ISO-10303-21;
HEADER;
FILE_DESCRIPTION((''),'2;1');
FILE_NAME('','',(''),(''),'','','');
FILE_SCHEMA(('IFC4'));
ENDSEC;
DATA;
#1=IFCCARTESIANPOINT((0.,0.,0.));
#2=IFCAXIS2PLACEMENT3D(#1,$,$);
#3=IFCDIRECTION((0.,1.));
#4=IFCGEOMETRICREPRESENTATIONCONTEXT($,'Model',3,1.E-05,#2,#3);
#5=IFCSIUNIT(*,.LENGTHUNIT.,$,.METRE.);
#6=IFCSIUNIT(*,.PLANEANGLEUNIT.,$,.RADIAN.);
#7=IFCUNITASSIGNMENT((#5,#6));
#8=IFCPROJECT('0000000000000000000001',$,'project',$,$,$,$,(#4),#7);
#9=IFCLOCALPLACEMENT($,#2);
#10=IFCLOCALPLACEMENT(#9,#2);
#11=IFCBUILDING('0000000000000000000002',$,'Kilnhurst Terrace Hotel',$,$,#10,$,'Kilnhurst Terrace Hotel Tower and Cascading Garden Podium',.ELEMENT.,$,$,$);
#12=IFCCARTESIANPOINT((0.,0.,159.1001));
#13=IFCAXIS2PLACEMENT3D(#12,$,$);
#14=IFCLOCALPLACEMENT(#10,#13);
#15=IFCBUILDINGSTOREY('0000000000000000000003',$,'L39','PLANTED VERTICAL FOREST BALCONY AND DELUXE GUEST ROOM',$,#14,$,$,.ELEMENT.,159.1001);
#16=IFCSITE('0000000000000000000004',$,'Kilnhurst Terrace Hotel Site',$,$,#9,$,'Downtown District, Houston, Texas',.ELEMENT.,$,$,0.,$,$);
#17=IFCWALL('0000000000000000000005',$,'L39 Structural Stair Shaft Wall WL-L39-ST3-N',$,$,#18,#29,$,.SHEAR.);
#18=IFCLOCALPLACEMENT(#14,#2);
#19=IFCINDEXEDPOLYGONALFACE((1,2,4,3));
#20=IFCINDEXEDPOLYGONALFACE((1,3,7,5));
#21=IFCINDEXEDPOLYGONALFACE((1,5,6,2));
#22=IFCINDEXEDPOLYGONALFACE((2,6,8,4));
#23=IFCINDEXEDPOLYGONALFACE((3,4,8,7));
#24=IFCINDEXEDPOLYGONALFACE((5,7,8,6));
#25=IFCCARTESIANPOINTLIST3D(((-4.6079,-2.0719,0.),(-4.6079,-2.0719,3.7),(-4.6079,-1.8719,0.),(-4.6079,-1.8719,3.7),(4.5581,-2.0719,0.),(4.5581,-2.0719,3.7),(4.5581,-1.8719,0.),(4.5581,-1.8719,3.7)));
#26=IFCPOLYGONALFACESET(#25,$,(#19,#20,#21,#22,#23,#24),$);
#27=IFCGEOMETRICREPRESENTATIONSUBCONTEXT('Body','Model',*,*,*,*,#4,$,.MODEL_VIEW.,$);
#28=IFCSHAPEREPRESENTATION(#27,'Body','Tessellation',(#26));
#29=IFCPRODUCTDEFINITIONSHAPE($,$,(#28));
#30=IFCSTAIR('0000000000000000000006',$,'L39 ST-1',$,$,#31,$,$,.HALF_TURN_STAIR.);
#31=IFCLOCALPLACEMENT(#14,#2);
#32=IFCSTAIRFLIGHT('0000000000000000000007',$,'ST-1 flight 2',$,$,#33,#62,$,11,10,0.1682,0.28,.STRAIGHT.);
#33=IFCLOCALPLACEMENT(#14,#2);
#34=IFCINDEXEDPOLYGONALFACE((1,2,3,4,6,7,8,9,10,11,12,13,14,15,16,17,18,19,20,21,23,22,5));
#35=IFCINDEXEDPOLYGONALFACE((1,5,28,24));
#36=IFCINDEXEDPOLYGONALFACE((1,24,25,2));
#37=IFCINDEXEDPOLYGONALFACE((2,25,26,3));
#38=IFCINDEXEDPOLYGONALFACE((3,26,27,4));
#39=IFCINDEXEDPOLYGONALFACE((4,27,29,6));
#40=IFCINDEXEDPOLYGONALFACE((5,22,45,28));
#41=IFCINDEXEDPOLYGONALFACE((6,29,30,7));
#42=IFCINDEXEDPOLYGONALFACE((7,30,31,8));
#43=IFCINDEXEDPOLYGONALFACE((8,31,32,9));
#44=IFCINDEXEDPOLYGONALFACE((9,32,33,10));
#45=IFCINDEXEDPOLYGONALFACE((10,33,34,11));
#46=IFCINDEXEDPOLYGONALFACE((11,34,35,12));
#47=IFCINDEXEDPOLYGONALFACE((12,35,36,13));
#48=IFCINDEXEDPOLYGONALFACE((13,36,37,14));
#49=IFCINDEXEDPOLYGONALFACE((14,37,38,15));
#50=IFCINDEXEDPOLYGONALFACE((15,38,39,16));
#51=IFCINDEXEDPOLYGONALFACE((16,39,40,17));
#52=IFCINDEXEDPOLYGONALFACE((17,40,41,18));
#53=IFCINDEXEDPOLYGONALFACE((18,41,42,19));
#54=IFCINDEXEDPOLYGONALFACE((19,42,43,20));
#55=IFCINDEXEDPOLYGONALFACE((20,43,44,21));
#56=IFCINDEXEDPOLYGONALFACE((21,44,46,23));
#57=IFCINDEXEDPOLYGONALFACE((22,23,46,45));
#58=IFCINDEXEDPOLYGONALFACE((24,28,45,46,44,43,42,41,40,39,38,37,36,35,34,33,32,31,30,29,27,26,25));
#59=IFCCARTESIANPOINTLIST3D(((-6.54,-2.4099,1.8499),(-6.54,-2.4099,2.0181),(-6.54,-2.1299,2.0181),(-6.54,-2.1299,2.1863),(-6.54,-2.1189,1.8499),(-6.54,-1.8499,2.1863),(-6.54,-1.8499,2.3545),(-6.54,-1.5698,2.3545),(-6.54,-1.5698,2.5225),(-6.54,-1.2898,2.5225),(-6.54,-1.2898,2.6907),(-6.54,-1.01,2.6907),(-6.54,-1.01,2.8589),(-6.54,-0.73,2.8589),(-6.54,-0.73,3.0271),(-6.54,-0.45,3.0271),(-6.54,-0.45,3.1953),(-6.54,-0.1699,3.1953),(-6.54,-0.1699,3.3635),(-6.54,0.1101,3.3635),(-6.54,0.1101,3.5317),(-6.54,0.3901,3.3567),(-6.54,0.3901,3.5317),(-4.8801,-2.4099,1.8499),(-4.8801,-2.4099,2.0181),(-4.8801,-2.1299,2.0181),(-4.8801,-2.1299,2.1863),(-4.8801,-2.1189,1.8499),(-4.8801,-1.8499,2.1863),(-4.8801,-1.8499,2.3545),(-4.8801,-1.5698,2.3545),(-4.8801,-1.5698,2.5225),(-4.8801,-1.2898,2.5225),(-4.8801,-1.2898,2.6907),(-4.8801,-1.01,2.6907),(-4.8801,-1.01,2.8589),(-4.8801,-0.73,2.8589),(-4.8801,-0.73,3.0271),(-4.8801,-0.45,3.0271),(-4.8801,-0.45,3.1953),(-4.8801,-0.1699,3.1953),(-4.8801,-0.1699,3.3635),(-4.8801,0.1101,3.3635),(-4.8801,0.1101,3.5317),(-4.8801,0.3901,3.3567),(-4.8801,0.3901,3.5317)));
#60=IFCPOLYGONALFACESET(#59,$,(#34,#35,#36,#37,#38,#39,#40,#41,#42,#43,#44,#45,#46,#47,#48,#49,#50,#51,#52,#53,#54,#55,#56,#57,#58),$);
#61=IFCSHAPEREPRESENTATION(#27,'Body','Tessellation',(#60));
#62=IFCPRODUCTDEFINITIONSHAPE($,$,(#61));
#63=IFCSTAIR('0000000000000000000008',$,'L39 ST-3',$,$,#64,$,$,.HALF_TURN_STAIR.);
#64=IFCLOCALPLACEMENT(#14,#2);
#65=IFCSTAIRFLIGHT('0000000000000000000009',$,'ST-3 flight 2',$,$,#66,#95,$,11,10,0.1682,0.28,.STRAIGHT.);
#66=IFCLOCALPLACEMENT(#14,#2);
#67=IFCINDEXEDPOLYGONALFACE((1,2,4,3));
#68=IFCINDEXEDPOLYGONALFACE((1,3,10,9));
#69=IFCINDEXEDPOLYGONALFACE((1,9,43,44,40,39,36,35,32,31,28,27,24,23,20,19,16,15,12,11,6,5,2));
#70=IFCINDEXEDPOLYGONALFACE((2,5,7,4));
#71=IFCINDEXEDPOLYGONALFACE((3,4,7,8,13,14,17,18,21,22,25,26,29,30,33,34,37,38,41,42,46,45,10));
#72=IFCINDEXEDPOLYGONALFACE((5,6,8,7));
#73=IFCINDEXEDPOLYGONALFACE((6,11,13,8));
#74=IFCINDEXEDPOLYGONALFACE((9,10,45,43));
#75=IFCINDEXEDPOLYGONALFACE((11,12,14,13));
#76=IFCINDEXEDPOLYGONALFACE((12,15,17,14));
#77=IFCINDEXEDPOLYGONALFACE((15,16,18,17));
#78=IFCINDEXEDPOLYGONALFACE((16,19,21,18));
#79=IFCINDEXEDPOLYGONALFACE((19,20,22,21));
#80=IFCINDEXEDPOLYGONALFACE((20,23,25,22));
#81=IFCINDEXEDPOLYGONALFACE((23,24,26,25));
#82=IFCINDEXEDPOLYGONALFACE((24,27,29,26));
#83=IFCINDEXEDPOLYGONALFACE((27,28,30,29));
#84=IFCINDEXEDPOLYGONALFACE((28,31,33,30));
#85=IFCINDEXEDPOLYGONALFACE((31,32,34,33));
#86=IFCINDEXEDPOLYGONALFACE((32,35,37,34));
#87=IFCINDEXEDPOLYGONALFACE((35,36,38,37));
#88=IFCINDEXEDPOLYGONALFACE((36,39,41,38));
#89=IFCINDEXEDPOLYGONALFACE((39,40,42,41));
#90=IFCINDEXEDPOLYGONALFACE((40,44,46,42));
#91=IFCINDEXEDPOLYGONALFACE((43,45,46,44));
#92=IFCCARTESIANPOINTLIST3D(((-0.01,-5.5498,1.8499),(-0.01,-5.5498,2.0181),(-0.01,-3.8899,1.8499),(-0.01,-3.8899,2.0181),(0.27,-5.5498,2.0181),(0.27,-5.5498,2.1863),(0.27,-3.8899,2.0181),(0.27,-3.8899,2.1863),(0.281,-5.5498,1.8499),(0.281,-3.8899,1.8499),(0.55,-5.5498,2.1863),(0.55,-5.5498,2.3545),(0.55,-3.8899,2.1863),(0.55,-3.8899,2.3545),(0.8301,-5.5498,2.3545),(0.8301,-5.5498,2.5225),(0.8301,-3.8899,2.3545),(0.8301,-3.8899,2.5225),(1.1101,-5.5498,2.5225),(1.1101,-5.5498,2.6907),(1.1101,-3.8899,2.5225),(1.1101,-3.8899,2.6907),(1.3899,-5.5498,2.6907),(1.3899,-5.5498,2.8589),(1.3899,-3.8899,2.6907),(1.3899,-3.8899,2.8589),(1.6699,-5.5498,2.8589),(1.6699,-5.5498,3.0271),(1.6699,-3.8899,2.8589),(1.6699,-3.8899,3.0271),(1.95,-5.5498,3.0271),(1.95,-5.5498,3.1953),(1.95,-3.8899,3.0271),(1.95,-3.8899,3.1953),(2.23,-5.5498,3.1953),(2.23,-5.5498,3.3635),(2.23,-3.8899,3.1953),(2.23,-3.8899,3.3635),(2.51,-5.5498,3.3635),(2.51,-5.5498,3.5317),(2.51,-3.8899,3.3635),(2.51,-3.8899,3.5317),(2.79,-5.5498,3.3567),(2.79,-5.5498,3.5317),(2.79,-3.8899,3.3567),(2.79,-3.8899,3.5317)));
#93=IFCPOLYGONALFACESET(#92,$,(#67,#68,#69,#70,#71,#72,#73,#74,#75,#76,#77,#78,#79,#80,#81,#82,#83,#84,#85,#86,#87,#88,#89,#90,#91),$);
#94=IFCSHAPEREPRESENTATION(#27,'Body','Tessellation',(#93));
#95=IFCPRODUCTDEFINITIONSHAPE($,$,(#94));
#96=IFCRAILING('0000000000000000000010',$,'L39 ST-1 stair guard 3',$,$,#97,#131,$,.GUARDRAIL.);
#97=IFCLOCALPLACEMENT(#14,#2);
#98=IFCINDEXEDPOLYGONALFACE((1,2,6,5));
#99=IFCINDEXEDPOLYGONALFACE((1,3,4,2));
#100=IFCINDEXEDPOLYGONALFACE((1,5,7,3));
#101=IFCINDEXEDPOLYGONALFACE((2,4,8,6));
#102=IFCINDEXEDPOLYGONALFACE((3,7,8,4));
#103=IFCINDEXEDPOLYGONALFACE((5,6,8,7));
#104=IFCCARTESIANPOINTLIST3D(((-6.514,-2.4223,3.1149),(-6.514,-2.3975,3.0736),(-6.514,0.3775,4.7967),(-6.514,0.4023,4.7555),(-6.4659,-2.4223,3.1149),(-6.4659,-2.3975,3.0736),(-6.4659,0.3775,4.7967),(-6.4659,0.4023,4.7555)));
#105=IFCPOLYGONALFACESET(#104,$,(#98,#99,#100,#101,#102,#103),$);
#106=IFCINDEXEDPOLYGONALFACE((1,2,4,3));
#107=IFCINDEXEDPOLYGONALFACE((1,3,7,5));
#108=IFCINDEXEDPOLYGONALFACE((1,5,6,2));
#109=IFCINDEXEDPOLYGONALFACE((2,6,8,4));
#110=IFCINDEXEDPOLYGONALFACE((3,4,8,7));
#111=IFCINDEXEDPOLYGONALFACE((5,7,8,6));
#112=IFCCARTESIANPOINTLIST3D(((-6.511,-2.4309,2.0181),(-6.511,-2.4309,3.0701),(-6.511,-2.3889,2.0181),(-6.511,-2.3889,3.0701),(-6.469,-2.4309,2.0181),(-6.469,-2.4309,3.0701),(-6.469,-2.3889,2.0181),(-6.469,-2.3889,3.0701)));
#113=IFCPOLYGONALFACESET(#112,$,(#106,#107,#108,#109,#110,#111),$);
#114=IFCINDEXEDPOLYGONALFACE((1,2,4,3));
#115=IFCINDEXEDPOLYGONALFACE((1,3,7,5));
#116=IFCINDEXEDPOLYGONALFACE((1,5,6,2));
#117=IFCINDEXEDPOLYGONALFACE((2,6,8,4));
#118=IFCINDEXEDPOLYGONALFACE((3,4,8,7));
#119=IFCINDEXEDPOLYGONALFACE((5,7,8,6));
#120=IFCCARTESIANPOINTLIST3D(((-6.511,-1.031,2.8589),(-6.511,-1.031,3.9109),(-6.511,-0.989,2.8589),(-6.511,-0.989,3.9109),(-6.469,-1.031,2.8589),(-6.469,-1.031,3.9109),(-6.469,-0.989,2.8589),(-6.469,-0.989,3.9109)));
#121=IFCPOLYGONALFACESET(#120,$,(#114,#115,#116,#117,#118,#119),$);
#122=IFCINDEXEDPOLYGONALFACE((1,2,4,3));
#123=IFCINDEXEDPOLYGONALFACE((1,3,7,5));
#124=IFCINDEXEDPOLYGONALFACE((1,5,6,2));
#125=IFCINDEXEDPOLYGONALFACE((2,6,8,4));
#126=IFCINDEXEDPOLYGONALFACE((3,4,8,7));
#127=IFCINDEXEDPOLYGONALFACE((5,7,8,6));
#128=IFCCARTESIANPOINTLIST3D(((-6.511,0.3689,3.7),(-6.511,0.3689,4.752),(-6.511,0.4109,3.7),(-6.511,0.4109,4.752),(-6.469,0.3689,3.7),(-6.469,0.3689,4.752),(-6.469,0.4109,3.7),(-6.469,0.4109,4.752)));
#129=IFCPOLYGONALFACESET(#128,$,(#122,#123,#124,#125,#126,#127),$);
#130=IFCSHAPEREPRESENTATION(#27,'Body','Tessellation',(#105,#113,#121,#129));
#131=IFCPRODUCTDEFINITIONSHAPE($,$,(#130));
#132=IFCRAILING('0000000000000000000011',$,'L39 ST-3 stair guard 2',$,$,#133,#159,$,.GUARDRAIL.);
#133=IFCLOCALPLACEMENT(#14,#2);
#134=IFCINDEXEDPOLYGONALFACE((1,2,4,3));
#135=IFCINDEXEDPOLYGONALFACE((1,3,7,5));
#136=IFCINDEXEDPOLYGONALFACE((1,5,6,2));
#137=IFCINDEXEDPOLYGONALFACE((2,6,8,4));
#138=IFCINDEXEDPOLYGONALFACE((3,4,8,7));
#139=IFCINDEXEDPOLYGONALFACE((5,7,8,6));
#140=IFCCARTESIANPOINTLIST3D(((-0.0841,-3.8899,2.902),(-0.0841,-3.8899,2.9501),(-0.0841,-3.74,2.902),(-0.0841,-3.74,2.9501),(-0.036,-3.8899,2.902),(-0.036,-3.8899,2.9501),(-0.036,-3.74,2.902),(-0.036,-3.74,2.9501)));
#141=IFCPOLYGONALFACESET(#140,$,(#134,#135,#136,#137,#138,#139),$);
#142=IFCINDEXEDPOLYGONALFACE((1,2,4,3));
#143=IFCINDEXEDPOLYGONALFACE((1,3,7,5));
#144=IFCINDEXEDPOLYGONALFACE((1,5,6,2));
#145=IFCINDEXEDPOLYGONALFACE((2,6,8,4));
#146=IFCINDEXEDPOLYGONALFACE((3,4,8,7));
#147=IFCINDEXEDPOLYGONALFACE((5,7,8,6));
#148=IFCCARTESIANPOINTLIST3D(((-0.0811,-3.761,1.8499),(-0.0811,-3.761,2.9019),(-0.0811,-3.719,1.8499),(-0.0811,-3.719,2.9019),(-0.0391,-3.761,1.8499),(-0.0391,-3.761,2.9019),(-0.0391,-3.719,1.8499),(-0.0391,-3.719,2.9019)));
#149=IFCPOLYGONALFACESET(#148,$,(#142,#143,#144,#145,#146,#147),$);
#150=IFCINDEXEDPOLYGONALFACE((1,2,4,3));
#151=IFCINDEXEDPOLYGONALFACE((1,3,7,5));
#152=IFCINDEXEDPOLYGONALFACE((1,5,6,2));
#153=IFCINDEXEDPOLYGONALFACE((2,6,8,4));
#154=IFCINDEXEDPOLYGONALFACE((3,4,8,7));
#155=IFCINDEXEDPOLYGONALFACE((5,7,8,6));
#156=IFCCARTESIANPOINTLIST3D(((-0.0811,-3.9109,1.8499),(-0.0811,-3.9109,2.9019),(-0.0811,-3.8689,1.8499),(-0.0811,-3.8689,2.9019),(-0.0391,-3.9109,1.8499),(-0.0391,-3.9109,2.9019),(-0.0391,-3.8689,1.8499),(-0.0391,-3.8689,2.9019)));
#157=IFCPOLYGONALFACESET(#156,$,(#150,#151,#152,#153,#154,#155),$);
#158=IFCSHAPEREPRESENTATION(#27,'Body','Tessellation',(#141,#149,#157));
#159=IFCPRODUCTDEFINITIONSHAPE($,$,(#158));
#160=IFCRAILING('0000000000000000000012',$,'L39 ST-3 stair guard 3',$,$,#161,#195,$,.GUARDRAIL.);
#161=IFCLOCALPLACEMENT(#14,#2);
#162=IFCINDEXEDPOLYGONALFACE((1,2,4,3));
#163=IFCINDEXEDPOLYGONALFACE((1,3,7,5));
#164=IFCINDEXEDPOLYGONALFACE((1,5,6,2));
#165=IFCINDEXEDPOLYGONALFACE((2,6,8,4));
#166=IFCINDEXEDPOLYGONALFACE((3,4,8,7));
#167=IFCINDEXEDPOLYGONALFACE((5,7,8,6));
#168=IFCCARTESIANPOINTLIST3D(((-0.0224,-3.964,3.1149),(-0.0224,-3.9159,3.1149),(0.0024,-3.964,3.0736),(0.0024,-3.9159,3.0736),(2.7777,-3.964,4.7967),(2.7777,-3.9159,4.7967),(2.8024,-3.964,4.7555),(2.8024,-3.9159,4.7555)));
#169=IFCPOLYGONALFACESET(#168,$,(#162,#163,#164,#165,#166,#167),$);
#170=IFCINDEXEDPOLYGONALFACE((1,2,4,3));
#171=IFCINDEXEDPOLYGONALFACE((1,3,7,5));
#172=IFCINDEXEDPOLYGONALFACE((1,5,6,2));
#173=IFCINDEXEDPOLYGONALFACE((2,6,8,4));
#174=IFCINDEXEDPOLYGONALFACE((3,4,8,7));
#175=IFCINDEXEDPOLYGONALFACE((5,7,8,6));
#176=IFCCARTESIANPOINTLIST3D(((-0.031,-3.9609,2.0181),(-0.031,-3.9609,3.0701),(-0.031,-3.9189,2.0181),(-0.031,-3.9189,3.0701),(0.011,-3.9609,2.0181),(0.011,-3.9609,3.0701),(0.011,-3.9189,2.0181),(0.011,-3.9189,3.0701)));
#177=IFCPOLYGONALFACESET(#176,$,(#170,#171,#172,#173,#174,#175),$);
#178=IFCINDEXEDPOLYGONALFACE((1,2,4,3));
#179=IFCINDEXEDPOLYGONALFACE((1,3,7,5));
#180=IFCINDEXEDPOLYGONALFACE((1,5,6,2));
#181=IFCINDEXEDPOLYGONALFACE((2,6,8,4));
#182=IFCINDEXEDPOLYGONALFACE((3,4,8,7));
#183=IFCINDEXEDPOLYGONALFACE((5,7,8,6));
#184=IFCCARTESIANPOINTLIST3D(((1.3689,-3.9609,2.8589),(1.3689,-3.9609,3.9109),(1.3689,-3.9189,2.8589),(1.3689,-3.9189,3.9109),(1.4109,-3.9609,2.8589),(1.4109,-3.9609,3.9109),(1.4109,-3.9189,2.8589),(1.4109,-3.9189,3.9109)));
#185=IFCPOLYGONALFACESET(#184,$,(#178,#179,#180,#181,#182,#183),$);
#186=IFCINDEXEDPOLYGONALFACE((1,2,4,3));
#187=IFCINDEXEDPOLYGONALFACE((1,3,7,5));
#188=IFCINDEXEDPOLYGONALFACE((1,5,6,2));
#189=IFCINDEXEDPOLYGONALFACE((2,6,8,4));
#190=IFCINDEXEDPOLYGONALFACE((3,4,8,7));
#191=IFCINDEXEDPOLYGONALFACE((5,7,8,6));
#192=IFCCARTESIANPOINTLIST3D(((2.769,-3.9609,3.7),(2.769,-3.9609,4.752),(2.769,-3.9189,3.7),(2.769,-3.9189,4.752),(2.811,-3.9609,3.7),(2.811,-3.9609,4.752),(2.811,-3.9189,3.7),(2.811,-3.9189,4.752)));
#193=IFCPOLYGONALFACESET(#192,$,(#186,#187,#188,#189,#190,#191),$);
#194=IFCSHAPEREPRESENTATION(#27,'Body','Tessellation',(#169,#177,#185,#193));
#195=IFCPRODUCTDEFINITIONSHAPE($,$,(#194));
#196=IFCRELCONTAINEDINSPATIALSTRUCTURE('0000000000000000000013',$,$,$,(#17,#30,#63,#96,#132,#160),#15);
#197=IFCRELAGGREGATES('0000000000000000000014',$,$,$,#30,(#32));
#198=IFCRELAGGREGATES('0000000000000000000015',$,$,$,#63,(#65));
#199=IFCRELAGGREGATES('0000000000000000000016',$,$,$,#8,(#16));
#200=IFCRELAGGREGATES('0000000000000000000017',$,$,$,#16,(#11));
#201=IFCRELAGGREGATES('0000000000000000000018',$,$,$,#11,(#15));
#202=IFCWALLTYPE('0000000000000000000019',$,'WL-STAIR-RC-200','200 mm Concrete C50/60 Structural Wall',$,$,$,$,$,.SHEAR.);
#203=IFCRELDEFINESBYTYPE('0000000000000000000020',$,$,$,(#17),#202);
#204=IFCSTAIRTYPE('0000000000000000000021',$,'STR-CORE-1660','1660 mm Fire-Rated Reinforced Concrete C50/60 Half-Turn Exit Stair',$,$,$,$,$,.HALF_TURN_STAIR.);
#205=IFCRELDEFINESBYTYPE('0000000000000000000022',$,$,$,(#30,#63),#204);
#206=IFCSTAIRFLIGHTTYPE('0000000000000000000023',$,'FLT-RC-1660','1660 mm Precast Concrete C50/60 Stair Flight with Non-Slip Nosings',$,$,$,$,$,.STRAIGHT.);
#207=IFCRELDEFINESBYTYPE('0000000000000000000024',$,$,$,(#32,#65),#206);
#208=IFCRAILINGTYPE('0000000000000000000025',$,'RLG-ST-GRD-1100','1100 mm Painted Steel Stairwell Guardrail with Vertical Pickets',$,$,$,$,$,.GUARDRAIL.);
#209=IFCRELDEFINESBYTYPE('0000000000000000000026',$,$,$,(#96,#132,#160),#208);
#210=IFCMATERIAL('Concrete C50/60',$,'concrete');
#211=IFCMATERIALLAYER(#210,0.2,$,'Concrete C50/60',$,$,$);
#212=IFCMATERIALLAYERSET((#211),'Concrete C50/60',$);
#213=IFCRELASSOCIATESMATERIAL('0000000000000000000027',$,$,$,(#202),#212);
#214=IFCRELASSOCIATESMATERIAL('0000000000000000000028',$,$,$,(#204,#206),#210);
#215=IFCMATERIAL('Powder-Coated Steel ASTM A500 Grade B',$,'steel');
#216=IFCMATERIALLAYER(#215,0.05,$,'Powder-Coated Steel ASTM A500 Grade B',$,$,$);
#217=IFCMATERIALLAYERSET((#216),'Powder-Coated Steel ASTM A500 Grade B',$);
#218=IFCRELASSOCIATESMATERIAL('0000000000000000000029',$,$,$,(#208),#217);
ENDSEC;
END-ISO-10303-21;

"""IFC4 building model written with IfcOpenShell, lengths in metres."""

from ifc_helpers import new_model, si_unit, direction, frame, frame_2d, origin, origin_2d, place, context, subcontext, project, spatial, polyline, rectangle, outline, extrude, material, layer, layer_set, type_object, element, aggregate, save


model = new_model("IFC4")

# Units and contexts
model_context = context("Model", 3, precision=1e-05, world=origin(), true_north=direction((0.0, 1.0)))
body_context = subcontext(model_context, "Body", "Model", "MODEL_VIEW")
ifc_project = project(units=[si_unit("LENGTHUNIT", "METRE"), si_unit("PLANEANGLEUNIT", "RADIAN")], contexts=[model_context])

# Site, building, storey
site_placement = place(None, origin())
site = spatial("IfcSite", under=ifc_project, at=site_placement, Name="Kilnhurst Terrace Hotel Site", LongName="Downtown District, Houston, Texas", CompositionType="ELEMENT", RefElevation=0.0)
building_placement = place(site_placement, origin())
building = spatial("IfcBuilding", under=site, at=building_placement, Name="Kilnhurst Terrace Hotel", LongName="Kilnhurst Terrace Hotel Tower and Cascading Garden Podium", CompositionType="ELEMENT")
storey_placement = place(building_placement, frame((0.0, 0.0, 159.1001)))
storey = spatial("IfcBuildingStorey", under=building, at=storey_placement, Name="L39", Description="PLANTED VERTICAL FOREST BALCONY AND DELUXE GUEST ROOM", CompositionType="ELEMENT", Elevation=159.1001)

# Shared definitions
ifc_material_1 = material(Name="Concrete C50/60", Category="concrete")

# Shared definitions
ifc_layer_1 = layer(ifc_material_1, 0.2, Name="Concrete C50/60")
ifc_layer_set_1 = layer_set([ifc_layer_1], Name="Concrete C50/60")
wall_type_1 = type_object("IfcWallType", Name="WL-STAIR-RC-200", Description="200 mm Concrete C50/60 Structural Wall", PredefinedType="SHEAR", material=ifc_layer_set_1)

# Wall
wall_1_placement = place(storey_placement, frame((-4.6079, -1.9719, 0.0), z_axis=(0.0, 0.0, 1.0), x_axis=(1.0, 0.0, 0.0)))
element("IfcWall", 1, at=wall_1_placement, inside=storey, type_object=wall_type_1, Name="L39 Structural Stair Shaft Wall WL-L39-ST3-N", PredefinedType="SHEAR", context=body_context, shape_type="SweptSolid", body=[
    extrude(rectangle(XDim=9.166, YDim=0.2, at=frame_2d((4.583, 0.0))), origin(), (0.0, 0.0, 1.0), 3.7),
])

# Stairs, stair flights
stair_type = type_object("IfcStairType", Name="STR-CORE-1660", Description="1660 mm Fire-Rated Reinforced Concrete C50/60 Half-Turn Exit Stair", PredefinedType="HALF_TURN_STAIR", material=ifc_material_1)
stair_1_placement = place(storey_placement, origin())
stair_1 = element("IfcStair", 2, at=stair_1_placement, inside=storey, type_object=stair_type, Name="L39 ST-1", PredefinedType="HALF_TURN_STAIR")
stair_flight_type = type_object("IfcStairFlightType", Name="FLT-RC-1660", Description="1660 mm Precast Concrete C50/60 Stair Flight with Non-Slip Nosings", PredefinedType="STRAIGHT", material=ifc_material_1)
stair_flight_1_placement = place(storey_placement, frame((-5.71, -2.4099, 1.8499), z_axis=(0.0, 0.0, 1.0), x_axis=(0.0, 1.0, 0.0)))
stair_flight_1 = element("IfcStairFlight", 3, at=stair_flight_1_placement, type_object=stair_flight_type, Name="ST-1 flight 2", NumberOfRisers=11, NumberOfTreads=10, PredefinedType="STRAIGHT", RiserHeight=0.1682, TreadLength=0.28, context=body_context, shape_type="SweptSolid", body=[
    extrude(outline(polyline([(0.0, 0.0), (0.0, 0.1682), (0.28, 0.1682), (0.28, 0.3364), (0.5601, 0.3364), (0.5601, 0.5046), (0.8401, 0.5046), (0.8401, 0.6726), (1.1201, 0.6726), (1.1201, 0.8408), (1.3999, 0.8408), (1.3999, 1.009), (1.6799, 1.009), (1.6799, 1.1772), (1.96, 1.1772), (1.96, 1.3455), (2.24, 1.3455), (2.24, 1.5137), (2.52, 1.5137), (2.52, 1.6819), (2.8, 1.6819), (2.8, 1.8501), (2.8, 1.5068), (0.291, 0.0), (0.0, 0.0)])), frame((0.0, 0.8301, 0.0), z_axis=(0.0, -1.0, 0.0), x_axis=(1.0, 0.0, 0.0)), (0.0, 0.0, 1.0), 1.6599),
])
aggregate(stair_1, [stair_flight_1])
stair_2_placement = place(storey_placement, origin())
stair_2 = element("IfcStair", 4, at=stair_2_placement, inside=storey, type_object=stair_type, Name="L39 ST-3", PredefinedType="HALF_TURN_STAIR")
stair_flight_2_placement = place(storey_placement, frame((-0.01, -4.72, 1.8499), z_axis=(0.0, 0.0, 1.0), x_axis=(1.0, 0.0, 0.0)))
stair_flight_2 = element("IfcStairFlight", 5, at=stair_flight_2_placement, type_object=stair_flight_type, Name="ST-3 flight 2", NumberOfRisers=11, NumberOfTreads=10, PredefinedType="STRAIGHT", RiserHeight=0.1682, TreadLength=0.28, context=body_context, shape_type="SweptSolid", body=[
    extrude(outline(polyline([(0.0, 0.0), (0.0, 0.1682), (0.28, 0.1682), (0.28, 0.3364), (0.5601, 0.3364), (0.5601, 0.5046), (0.8401, 0.5046), (0.8401, 0.6726), (1.1201, 0.6726), (1.1201, 0.8408), (1.3999, 0.8408), (1.3999, 1.009), (1.6799, 1.009), (1.6799, 1.1772), (1.96, 1.1772), (1.96, 1.3455), (2.24, 1.3455), (2.24, 1.5137), (2.52, 1.5137), (2.52, 1.6819), (2.8, 1.6819), (2.8, 1.8501), (2.8, 1.5068), (0.291, 0.0), (0.0, 0.0)])), frame((0.0, 0.8301, 0.0), z_axis=(0.0, -1.0, 0.0), x_axis=(1.0, 0.0, 0.0)), (0.0, 0.0, 1.0), 1.6599),
])
aggregate(stair_2, [stair_flight_2])

# Railings
ifc_material_2 = material(Name="Powder-Coated Steel ASTM A500 Grade B", Category="steel")
ifc_layer_2 = layer(ifc_material_2, 0.05, Name="Powder-Coated Steel ASTM A500 Grade B")
ifc_layer_set_2 = layer_set([ifc_layer_2], Name="Powder-Coated Steel ASTM A500 Grade B")
railing_type_1 = type_object("IfcRailingType", Name="RLG-ST-GRD-1100", Description="1100 mm Painted Steel Stairwell Guardrail with Vertical Pickets", PredefinedType="GUARDRAIL", material=ifc_layer_set_2)
railing_1_placement = place(storey_placement, frame((-6.49, -2.4099, 2.0181)))
element("IfcRailing", 6, at=railing_1_placement, inside=storey, type_object=railing_type_1, Name="L39 ST-1 stair guard 3", PredefinedType="GUARDRAIL", context=body_context, shape_type="SweptSolid", body=[
    extrude(rectangle(XDim=0.0481, YDim=0.0481, at=origin_2d()), frame((0.0, 0.0, 1.0762), z_axis=(0.0, 0.857222, 0.514946), x_axis=(-1.0, 0.0, 0.0)), (0.0, 0.0, 1.0), 3.2661),
    extrude(rectangle(XDim=0.042, YDim=0.042, at=origin_2d()), origin(), (0.0, 0.0, 1.0), 1.052),
    extrude(rectangle(XDim=0.042, YDim=0.042, at=origin_2d()), frame((0.0, 1.3999, 0.8408)), (0.0, 0.0, 1.0), 1.052),
    extrude(rectangle(XDim=0.042, YDim=0.042, at=origin_2d()), frame((0.0, 2.7998, 1.6819)), (0.0, 0.0, 1.0), 1.052),
])
railing_2_placement = place(storey_placement, frame((-0.0601, -3.74, 1.8499)))
element("IfcRailing", 7, at=railing_2_placement, inside=storey, type_object=railing_type_1, Name="L39 ST-3 stair guard 2", PredefinedType="GUARDRAIL", context=body_context, shape_type="SweptSolid", body=[
    extrude(rectangle(XDim=0.0481, YDim=0.0481, at=origin_2d()), frame((0.0, 0.0, 1.0762), z_axis=(0.0, -1.0, 0.0), x_axis=(1.0, 0.0, 0.0)), (0.0, 0.0, 1.0), 0.1499),
    extrude(rectangle(XDim=0.042, YDim=0.042, at=origin_2d()), origin(), (0.0, 0.0, 1.0), 1.052),
    extrude(rectangle(XDim=0.042, YDim=0.042, at=origin_2d()), frame((0.0, -0.1499, 0.0)), (0.0, 0.0, 1.0), 1.052),
])
railing_3_placement = place(storey_placement, frame((-0.01, -3.9399, 2.0181)))
element("IfcRailing", 8, at=railing_3_placement, inside=storey, type_object=railing_type_1, Name="L39 ST-3 stair guard 3", PredefinedType="GUARDRAIL", context=body_context, shape_type="SweptSolid", body=[
    extrude(rectangle(XDim=0.0481, YDim=0.0481, at=origin_2d()), frame((0.0, 0.0, 1.0762), z_axis=(0.857242, 0.0, 0.514913), x_axis=(0.0, 1.0, 0.0)), (0.0, 0.0, 1.0), 3.2664),
    extrude(rectangle(XDim=0.042, YDim=0.042, at=origin_2d()), origin(), (0.0, 0.0, 1.0), 1.052),
    extrude(rectangle(XDim=0.042, YDim=0.042, at=origin_2d()), frame((1.3999, 0.0, 0.8408)), (0.0, 0.0, 1.0), 1.052),
    extrude(rectangle(XDim=0.042, YDim=0.042, at=origin_2d()), frame((2.8, 0.0, 1.6819)), (0.0, 0.0, 1.0), 1.052),
])

save(model, "model.ifc")
